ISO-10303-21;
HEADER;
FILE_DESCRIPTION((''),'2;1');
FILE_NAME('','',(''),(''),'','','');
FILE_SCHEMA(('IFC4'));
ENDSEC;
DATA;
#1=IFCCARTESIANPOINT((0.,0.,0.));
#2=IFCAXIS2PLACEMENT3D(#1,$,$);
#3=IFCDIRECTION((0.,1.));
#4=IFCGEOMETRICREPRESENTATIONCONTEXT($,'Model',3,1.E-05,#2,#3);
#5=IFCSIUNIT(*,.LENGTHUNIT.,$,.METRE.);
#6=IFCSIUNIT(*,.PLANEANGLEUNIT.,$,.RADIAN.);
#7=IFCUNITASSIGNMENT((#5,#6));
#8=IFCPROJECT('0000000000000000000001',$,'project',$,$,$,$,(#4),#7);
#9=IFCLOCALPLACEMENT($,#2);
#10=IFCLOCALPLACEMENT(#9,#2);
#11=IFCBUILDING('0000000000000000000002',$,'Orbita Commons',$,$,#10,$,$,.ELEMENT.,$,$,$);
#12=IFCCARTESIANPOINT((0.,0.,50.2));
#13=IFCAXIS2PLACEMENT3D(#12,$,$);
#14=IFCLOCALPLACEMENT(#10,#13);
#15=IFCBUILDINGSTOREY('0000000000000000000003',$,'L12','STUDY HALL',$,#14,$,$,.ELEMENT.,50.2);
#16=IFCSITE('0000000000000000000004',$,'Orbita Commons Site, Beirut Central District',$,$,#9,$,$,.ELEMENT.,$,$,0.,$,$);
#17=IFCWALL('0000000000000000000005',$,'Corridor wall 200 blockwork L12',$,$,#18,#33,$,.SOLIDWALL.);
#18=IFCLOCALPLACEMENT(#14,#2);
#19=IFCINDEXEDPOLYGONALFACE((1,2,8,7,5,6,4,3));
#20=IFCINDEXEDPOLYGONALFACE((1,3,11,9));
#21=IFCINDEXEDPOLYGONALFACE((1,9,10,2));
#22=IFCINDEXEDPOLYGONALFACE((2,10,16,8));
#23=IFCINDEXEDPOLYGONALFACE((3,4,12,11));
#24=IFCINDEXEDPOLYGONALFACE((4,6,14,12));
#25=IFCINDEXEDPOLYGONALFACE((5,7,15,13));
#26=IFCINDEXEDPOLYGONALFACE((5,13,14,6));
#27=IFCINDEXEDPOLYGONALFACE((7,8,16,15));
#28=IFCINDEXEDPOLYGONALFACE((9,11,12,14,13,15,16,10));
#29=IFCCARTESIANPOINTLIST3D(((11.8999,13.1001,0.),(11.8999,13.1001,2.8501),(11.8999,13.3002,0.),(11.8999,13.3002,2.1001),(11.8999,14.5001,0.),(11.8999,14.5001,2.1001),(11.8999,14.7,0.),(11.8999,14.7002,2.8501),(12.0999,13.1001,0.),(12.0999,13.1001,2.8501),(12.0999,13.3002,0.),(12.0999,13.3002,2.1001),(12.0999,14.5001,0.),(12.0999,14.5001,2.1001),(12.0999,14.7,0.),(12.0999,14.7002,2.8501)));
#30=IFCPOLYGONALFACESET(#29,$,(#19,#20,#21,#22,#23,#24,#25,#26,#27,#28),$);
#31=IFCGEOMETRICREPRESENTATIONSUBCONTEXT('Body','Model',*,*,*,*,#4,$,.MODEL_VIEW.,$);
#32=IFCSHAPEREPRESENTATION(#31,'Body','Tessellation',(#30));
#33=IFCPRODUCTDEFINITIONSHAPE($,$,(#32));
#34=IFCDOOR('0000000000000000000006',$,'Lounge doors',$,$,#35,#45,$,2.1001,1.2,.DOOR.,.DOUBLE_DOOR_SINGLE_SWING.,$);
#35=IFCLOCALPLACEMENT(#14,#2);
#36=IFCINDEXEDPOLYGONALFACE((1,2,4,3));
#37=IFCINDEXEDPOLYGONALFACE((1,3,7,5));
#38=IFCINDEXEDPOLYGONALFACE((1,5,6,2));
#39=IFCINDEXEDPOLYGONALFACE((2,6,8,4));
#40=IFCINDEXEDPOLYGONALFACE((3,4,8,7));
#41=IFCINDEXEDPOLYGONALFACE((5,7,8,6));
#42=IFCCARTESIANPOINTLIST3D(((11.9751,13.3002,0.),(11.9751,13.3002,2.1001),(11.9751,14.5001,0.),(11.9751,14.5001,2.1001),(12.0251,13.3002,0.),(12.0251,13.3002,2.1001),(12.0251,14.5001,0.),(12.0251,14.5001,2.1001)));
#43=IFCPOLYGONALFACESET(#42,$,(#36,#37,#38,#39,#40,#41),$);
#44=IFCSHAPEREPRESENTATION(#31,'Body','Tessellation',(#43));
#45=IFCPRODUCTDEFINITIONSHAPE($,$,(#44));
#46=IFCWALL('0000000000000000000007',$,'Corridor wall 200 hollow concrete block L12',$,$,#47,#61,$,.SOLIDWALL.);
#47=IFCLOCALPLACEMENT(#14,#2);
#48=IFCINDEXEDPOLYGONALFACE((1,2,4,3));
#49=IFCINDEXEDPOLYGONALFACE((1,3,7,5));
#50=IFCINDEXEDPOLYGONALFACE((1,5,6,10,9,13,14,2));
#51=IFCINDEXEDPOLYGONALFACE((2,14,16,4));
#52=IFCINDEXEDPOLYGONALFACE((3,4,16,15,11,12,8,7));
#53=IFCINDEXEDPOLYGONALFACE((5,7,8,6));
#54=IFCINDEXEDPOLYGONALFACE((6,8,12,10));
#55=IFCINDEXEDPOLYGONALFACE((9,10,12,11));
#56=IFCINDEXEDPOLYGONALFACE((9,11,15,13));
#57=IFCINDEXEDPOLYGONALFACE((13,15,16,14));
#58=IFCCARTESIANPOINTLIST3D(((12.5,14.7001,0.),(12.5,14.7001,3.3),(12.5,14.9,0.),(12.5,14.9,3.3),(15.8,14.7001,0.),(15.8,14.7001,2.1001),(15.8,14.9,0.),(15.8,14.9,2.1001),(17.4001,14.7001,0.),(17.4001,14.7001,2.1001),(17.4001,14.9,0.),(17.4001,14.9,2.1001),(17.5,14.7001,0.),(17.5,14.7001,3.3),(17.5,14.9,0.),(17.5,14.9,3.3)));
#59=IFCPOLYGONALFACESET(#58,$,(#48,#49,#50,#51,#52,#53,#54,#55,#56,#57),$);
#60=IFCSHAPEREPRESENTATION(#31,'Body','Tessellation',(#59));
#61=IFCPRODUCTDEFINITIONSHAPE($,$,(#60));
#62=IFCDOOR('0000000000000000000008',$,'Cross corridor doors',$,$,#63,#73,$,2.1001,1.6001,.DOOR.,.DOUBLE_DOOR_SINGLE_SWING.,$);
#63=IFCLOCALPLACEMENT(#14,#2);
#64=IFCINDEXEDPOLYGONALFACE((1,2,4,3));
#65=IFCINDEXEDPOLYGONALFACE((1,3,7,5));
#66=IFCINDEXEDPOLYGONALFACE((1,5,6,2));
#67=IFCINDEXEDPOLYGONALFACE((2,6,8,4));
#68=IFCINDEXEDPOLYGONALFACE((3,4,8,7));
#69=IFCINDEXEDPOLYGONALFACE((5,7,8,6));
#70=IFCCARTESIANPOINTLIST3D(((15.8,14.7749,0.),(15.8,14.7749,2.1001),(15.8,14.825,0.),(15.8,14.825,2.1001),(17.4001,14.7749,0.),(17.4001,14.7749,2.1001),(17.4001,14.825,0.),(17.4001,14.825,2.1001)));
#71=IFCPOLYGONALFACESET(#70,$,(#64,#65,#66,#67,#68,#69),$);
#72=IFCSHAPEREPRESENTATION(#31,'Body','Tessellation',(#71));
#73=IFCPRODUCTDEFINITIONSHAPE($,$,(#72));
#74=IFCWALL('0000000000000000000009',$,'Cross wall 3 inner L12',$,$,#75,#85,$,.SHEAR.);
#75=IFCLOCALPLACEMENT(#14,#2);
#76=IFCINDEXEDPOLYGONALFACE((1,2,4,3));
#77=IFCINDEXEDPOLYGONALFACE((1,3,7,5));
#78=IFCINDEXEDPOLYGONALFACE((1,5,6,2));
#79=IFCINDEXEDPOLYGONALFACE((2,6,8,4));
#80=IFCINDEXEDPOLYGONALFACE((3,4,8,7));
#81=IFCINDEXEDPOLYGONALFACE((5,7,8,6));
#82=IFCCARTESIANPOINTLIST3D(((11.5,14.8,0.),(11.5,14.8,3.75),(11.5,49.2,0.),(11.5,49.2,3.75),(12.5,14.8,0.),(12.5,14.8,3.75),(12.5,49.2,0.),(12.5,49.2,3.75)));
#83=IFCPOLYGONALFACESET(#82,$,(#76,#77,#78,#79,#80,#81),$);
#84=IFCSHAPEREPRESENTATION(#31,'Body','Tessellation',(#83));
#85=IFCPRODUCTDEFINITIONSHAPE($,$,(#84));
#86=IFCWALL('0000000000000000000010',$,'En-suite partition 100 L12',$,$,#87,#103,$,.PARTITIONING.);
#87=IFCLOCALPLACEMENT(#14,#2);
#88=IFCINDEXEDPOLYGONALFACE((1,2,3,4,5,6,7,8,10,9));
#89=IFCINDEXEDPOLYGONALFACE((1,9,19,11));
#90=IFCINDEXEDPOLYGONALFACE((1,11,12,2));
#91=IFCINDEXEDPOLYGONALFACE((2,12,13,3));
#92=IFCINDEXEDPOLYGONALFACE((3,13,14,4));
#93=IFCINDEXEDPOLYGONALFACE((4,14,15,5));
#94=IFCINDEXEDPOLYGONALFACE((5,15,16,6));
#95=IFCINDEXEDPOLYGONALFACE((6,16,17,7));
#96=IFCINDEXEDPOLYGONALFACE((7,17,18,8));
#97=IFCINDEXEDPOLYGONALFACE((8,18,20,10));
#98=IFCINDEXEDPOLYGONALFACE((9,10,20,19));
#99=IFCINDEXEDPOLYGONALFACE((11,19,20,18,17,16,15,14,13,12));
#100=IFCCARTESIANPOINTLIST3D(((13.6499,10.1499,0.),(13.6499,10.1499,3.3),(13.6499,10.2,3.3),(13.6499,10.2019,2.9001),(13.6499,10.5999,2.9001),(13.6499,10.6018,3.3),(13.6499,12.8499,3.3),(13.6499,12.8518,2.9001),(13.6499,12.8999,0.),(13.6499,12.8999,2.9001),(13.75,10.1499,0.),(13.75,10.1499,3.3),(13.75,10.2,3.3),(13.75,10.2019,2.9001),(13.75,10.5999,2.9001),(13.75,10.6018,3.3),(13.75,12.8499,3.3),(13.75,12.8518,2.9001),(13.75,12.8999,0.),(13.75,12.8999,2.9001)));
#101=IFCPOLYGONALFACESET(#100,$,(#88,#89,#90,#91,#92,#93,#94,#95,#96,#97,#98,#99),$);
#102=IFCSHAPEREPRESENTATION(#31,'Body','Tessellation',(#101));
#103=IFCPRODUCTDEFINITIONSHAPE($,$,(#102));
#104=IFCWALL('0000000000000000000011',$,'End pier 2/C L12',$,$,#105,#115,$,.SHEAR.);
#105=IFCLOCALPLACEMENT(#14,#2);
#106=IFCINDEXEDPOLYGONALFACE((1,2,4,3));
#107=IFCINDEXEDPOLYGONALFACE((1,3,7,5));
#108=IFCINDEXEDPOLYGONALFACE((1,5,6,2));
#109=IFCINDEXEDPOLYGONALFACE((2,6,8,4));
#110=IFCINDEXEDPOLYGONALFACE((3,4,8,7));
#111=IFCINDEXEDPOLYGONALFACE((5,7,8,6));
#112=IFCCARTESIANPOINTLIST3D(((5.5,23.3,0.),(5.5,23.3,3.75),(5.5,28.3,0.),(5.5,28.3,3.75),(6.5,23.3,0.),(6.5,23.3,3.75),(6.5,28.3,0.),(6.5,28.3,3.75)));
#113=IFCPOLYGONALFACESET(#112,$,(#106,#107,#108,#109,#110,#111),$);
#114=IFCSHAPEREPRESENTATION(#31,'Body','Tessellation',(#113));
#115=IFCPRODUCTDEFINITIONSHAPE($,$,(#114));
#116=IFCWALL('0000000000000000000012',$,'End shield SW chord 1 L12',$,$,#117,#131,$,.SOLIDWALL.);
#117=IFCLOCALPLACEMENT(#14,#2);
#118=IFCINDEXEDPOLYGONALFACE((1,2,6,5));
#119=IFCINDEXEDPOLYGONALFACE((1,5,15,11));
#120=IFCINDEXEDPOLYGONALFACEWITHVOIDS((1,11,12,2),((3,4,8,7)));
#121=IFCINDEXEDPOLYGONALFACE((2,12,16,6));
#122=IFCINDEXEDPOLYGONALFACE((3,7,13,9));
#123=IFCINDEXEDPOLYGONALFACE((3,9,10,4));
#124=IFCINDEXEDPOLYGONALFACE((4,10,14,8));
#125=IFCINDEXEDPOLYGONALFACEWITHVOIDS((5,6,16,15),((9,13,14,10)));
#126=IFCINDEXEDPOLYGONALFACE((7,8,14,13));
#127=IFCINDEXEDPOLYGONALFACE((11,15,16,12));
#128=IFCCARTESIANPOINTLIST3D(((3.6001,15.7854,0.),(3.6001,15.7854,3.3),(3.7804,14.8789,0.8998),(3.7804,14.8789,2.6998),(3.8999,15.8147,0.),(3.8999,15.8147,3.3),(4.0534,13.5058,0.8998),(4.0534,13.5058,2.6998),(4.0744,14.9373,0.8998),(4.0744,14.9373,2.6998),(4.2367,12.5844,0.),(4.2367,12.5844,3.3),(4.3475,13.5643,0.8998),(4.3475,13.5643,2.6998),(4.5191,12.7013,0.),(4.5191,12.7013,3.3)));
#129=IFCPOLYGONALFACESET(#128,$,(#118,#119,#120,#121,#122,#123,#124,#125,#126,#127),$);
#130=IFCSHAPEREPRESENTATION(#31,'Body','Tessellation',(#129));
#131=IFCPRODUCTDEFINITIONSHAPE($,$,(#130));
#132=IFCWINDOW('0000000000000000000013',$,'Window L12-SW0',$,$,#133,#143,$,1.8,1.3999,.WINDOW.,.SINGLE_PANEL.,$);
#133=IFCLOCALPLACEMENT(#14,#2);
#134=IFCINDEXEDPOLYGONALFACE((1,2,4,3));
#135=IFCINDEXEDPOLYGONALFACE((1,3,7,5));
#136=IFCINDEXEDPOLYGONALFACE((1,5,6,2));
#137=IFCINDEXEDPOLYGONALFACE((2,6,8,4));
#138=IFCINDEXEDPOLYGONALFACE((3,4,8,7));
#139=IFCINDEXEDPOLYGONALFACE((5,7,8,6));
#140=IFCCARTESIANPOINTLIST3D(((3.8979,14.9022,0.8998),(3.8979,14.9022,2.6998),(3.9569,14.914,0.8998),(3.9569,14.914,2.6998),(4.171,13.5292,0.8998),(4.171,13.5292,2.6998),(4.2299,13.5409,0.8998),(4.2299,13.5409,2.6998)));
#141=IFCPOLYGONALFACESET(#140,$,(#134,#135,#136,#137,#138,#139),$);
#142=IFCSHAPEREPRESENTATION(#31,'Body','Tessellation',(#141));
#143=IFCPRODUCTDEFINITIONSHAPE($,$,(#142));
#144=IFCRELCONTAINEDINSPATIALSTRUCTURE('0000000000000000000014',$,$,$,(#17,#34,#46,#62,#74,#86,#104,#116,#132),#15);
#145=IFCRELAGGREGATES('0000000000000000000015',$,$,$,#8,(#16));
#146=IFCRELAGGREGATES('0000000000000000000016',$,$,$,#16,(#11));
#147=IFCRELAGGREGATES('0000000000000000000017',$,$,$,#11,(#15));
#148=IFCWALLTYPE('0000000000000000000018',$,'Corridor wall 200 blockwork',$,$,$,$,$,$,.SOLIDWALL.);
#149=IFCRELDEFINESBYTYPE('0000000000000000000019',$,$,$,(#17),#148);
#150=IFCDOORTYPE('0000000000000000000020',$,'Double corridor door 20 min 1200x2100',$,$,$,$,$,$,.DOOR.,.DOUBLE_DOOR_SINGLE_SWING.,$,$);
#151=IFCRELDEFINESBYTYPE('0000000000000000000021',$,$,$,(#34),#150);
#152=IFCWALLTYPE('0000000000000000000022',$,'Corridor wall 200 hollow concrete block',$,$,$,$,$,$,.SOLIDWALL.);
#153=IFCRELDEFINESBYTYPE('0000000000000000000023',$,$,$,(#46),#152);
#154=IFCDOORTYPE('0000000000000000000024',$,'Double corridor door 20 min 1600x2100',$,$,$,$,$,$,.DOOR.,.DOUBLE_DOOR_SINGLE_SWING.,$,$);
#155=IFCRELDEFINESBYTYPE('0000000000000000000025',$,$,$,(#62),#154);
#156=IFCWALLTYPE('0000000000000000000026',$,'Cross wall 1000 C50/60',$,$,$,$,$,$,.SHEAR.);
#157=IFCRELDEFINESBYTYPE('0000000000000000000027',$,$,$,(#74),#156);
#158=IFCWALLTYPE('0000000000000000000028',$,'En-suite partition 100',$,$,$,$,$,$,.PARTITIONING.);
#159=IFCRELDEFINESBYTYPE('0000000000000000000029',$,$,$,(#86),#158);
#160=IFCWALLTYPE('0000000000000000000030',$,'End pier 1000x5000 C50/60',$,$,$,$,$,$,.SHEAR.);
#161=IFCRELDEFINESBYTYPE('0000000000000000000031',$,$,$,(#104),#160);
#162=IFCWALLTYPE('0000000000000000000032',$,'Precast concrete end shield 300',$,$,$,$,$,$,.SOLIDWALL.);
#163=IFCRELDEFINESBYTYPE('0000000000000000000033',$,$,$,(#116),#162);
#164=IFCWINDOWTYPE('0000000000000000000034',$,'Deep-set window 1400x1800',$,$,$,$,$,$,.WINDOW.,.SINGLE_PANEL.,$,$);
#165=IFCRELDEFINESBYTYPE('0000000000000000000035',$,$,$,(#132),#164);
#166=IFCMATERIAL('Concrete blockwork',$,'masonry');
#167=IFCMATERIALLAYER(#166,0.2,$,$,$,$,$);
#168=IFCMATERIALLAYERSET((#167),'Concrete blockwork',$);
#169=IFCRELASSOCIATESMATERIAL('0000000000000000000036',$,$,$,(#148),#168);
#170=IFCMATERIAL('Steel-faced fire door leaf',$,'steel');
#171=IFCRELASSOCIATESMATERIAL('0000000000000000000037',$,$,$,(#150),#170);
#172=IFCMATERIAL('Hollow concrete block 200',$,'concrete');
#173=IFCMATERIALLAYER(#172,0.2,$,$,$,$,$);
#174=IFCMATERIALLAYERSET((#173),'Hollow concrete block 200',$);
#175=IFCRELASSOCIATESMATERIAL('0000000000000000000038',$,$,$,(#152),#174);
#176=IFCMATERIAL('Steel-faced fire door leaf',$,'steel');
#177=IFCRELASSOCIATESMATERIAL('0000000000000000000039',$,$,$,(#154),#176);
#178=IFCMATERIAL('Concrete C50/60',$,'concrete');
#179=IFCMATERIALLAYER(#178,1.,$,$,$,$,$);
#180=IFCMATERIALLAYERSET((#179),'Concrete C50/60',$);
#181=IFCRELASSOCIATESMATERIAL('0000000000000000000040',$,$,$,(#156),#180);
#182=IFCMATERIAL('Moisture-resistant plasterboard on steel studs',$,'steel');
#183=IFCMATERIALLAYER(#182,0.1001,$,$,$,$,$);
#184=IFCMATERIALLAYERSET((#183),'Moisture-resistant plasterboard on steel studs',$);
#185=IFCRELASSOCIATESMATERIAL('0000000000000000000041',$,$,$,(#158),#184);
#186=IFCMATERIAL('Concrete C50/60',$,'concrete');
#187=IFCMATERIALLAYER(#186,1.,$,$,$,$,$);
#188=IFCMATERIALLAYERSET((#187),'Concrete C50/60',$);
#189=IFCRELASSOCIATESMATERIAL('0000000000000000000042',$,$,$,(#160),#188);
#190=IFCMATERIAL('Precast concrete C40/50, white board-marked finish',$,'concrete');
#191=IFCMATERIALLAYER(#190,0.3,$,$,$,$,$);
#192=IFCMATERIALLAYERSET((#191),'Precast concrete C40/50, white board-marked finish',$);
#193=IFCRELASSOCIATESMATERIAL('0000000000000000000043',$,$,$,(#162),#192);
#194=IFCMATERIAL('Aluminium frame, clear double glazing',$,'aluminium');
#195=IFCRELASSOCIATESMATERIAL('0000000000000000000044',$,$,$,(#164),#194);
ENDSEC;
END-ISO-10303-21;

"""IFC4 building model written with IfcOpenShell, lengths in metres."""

from ifc_helpers import new_model, si_unit, direction, frame, frame_2d, origin, place, context, subcontext, project, spatial, polyline, rectangle, outline, extrude, material, layer, layer_set, type_object, element, fill, save


model = new_model("IFC4")

# Units and contexts
model_context = context("Model", 3, precision=1e-05, world=origin(), true_north=direction((0.0, 1.0)))
body_context = subcontext(model_context, "Body", "Model", "MODEL_VIEW")
ifc_project = project(units=[si_unit("LENGTHUNIT", "METRE"), si_unit("PLANEANGLEUNIT", "RADIAN")], contexts=[model_context])

# Site, building, storey
site_placement = place(None, origin())
site = spatial("IfcSite", under=ifc_project, at=site_placement, Name="Orbita Commons Site, Beirut Central District", CompositionType="ELEMENT", RefElevation=0.0)
building_placement = place(site_placement, origin())
building = spatial("IfcBuilding", under=site, at=building_placement, Name="Orbita Commons", CompositionType="ELEMENT")
storey_placement = place(building_placement, frame((0.0, 0.0, 50.2)))
storey = spatial("IfcBuildingStorey", under=building, at=storey_placement, Name="L12", Description="STUDY HALL", CompositionType="ELEMENT", Elevation=50.2)

# Shared definitions
ifc_material_1 = material(Name="Concrete blockwork", Category="masonry")
ifc_layer_1 = layer(ifc_material_1, 0.2)
ifc_layer_set_1 = layer_set([ifc_layer_1], Name="Concrete blockwork")
wall_type_1 = type_object("IfcWallType", Name="Corridor wall 200 blockwork", PredefinedType="SOLIDWALL", material=ifc_layer_set_1)

# Walls, openings, doors
wall_1_placement = place(storey_placement, frame((12.0, 13.1001, 0.0), z_axis=(0.0, 0.0, 1.0), x_axis=(0.0, 1.0, 0.0)))
wall_1 = element("IfcWall", 1, at=wall_1_placement, inside=storey, type_object=wall_type_1, Name="Corridor wall 200 blockwork L12", PredefinedType="SOLIDWALL", context=body_context, shape_type="SweptSolid", body=[
    extrude(outline(polyline([(0.0, 0.0), (1.5999, 0.0), (1.6001, 2.8501), (0.0, 2.8501), (0.0, 0.0)])), frame((0.0, 0.1001, 0.0), z_axis=(0.0, -1.0, 0.0), x_axis=(1.0, 0.0, 0.0)), (0.0, 0.0, 1.0), 0.2),
])
opening_1_placement = place(wall_1_placement, frame((0.2, 0.0, 0.0)))
opening_1 = element("IfcOpeningElement", 2, at=opening_1_placement, cuts=wall_1, PredefinedType="OPENING", context=body_context, shape_type="SweptSolid", body=[
    extrude(rectangle(XDim=1.2, YDim=2.1001, at=frame_2d((0.6001, 1.05))), frame((0.0, 0.1099, 0.0), z_axis=(0.0, -1.0, 0.0), x_axis=(1.0, 0.0, 0.0)), (0.0, 0.0, 1.0), 0.22),
])
ifc_material_2 = material(Name="Steel-faced fire door leaf", Category="steel")
door_type_1 = type_object("IfcDoorType", Name="Double corridor door 20 min 1200x2100", OperationType="DOUBLE_DOOR_SINGLE_SWING", PredefinedType="DOOR", material=ifc_material_2)
door_1_placement = place(opening_1_placement, origin())
door_1 = element("IfcDoor", 3, at=door_1_placement, inside=storey, type_object=door_type_1, Name="Lounge doors", OperationType="DOUBLE_DOOR_SINGLE_SWING", OverallHeight=2.1001, OverallWidth=1.2, PredefinedType="DOOR", context=body_context, shape_type="SweptSolid", body=[
    extrude(rectangle(XDim=1.2, YDim=2.1001, at=frame_2d((0.6001, 1.05))), frame((0.0, 0.0249, 0.0), z_axis=(0.0, -1.0, 0.0), x_axis=(1.0, 0.0, 0.0)), (0.0, 0.0, 1.0), 0.05),
])
fill(opening_1, door_1)
ifc_material_3 = material(Name="Hollow concrete block 200", Category="concrete")
ifc_layer_2 = layer(ifc_material_3, 0.2)
ifc_layer_set_2 = layer_set([ifc_layer_2], Name="Hollow concrete block 200")
wall_type_2 = type_object("IfcWallType", Name="Corridor wall 200 hollow concrete block", PredefinedType="SOLIDWALL", material=ifc_layer_set_2)
wall_2_placement = place(storey_placement, frame((12.5, 14.8, 0.0), z_axis=(0.0, 0.0, 1.0), x_axis=(1.0, 0.0, 0.0)))
wall_2 = element("IfcWall", 4, at=wall_2_placement, inside=storey, type_object=wall_type_2, Name="Corridor wall 200 hollow concrete block L12", PredefinedType="SOLIDWALL", context=body_context, shape_type="SweptSolid", body=[
    extrude(rectangle(XDim=5.0, YDim=0.2, at=frame_2d((2.5, 0.0))), origin(), (0.0, 0.0, 1.0), 3.3),
])
opening_2_placement = place(wall_2_placement, frame((3.3, 0.0, 0.0)))
opening_2 = element("IfcOpeningElement", 5, at=opening_2_placement, cuts=wall_2, PredefinedType="OPENING", context=body_context, shape_type="SweptSolid", body=[
    extrude(rectangle(XDim=1.6001, YDim=2.1001, at=frame_2d((0.8, 1.05))), frame((0.0, 0.1099, 0.0), z_axis=(0.0, -1.0, 0.0), x_axis=(1.0, 0.0, 0.0)), (0.0, 0.0, 1.0), 0.22),
])
ifc_material_4 = material(Name="Steel-faced fire door leaf", Category="steel")
door_type_2 = type_object("IfcDoorType", Name="Double corridor door 20 min 1600x2100", OperationType="DOUBLE_DOOR_SINGLE_SWING", PredefinedType="DOOR", material=ifc_material_4)
door_2_placement = place(opening_2_placement, origin())
door_2 = element("IfcDoor", 6, at=door_2_placement, inside=storey, type_object=door_type_2, Name="Cross corridor doors", OperationType="DOUBLE_DOOR_SINGLE_SWING", OverallHeight=2.1001, OverallWidth=1.6001, PredefinedType="DOOR", context=body_context, shape_type="SweptSolid", body=[
    extrude(rectangle(XDim=1.6001, YDim=2.1001, at=frame_2d((0.8, 1.05))), frame((0.0, 0.0249, 0.0), z_axis=(0.0, -1.0, 0.0), x_axis=(1.0, 0.0, 0.0)), (0.0, 0.0, 1.0), 0.05),
])
fill(opening_2, door_2)

# Walls
ifc_material_5 = material(Name="Concrete C50/60", Category="concrete")
ifc_layer_3 = layer(ifc_material_5, 1.0)
ifc_layer_set_3 = layer_set([ifc_layer_3], Name="Concrete C50/60")
wall_type_3 = type_object("IfcWallType", Name="Cross wall 1000 C50/60", PredefinedType="SHEAR", material=ifc_layer_set_3)
wall_3_placement = place(storey_placement, frame((12.0, 14.8, 0.0), z_axis=(0.0, 0.0, 1.0), x_axis=(0.0, 1.0, 0.0)))
element("IfcWall", 7, at=wall_3_placement, inside=storey, type_object=wall_type_3, Name="Cross wall 3 inner L12", PredefinedType="SHEAR", context=body_context, shape_type="SweptSolid", body=[
    extrude(rectangle(XDim=34.3999, YDim=1.0, at=frame_2d((17.2, 0.0))), origin(), (0.0, 0.0, 1.0), 3.75),
])
ifc_material_6 = material(Name="Moisture-resistant plasterboard on steel studs", Category="steel")
ifc_layer_4 = layer(ifc_material_6, 0.1001)
ifc_layer_set_4 = layer_set([ifc_layer_4], Name="Moisture-resistant plasterboard on steel studs")
wall_type_4 = type_object("IfcWallType", Name="En-suite partition 100", PredefinedType="PARTITIONING", material=ifc_layer_set_4)
wall_4_placement = place(storey_placement, frame((13.7, 10.1499, 0.0), z_axis=(0.0, 0.0, 1.0), x_axis=(0.0, 1.0, 0.0)))
element("IfcWall", 8, at=wall_4_placement, inside=storey, type_object=wall_type_4, Name="En-suite partition 100 L12", PredefinedType="PARTITIONING", context=body_context, shape_type="SweptSolid", body=[
    extrude(outline(polyline([(0.0, 0.0), (2.75, 0.0), (2.75, 2.9001), (2.7019, 2.9001), (2.7, 3.3), (0.4519, 3.3), (0.45, 2.9001), (0.052, 2.9001), (0.05, 3.3), (0.0, 3.3), (0.0, 0.0)])), frame((0.0, 0.05, 0.0), z_axis=(0.0, -1.0, 0.0), x_axis=(1.0, 0.0, 0.0)), (0.0, 0.0, 1.0), 0.1001),
])
ifc_material_7 = material(Name="Concrete C50/60", Category="concrete")
ifc_layer_5 = layer(ifc_material_7, 1.0)
ifc_layer_set_5 = layer_set([ifc_layer_5], Name="Concrete C50/60")
wall_type_5 = type_object("IfcWallType", Name="End pier 1000x5000 C50/60", PredefinedType="SHEAR", material=ifc_layer_set_5)
wall_5_placement = place(storey_placement, frame((6.0, 23.3, 0.0), z_axis=(0.0, 0.0, 1.0), x_axis=(0.0, 1.0, 0.0)))
element("IfcWall", 9, at=wall_5_placement, inside=storey, type_object=wall_type_5, Name="End pier 2/C L12", PredefinedType="SHEAR", context=body_context, shape_type="SweptSolid", body=[
    extrude(rectangle(XDim=5.0, YDim=1.0, at=frame_2d((2.5, 0.0))), origin(), (0.0, 0.0, 1.0), 3.75),
])

# Wall, opening, window
ifc_material_8 = material(Name="Precast concrete C40/50, white board-marked finish", Category="concrete")
ifc_layer_6 = layer(ifc_material_8, 0.3)
ifc_layer_set_6 = layer_set([ifc_layer_6], Name="Precast concrete C40/50, white board-marked finish")
wall_type_6 = type_object("IfcWallType", Name="Precast concrete end shield 300", PredefinedType="SOLIDWALL", material=ifc_layer_set_6)
wall_6_placement = place(storey_placement, frame((3.75, 15.8, 0.0), z_axis=(0.0, 0.0, 1.0), x_axis=(0.195066, -0.98079, 0.0)))
wall_6 = element("IfcWall", 10, at=wall_6_placement, inside=storey, type_object=wall_type_6, Name="End shield SW chord 1 L12", PredefinedType="SOLIDWALL", context=body_context, shape_type="SweptSolid", body=[
    extrude(outline(polyline([(-0.0149, -0.1499), (3.2488, -0.1499), (3.1892, 0.1499), (0.0149, 0.1499), (-0.0149, -0.1499)])), origin(), (0.0, 0.0, 1.0), 3.3),
])
opening_3_placement = place(wall_6_placement, frame((0.9094, 0.0, 0.8999)))
opening_3 = element("IfcOpeningElement", 11, at=opening_3_placement, cuts=wall_6, PredefinedType="OPENING", context=body_context, shape_type="SweptSolid", body=[
    extrude(rectangle(XDim=1.3999, YDim=1.8, at=frame_2d((0.7, 0.8999))), frame((0.0, 0.1599, 0.0), z_axis=(0.0, -1.0, 0.0), x_axis=(1.0, 0.0, 0.0)), (0.0, 0.0, 1.0), 0.3201),
])
ifc_material_9 = material(Name="Aluminium frame, clear double glazing", Category="aluminium")
window_type = type_object("IfcWindowType", Name="Deep-set window 1400x1800", PartitioningType="SINGLE_PANEL", PredefinedType="WINDOW", material=ifc_material_9)
window_1_placement = place(opening_3_placement, origin())
window_1 = element("IfcWindow", 12, at=window_1_placement, inside=storey, type_object=window_type, Name="Window L12-SW0", OverallHeight=1.8, OverallWidth=1.3999, PartitioningType="SINGLE_PANEL", PredefinedType="WINDOW", context=body_context, shape_type="SweptSolid", body=[
    extrude(rectangle(XDim=1.3999, YDim=1.8, at=frame_2d((0.7, 0.8999))), frame((0.0, 0.03, 0.0), z_axis=(0.0, -1.0, 0.0), x_axis=(1.0, 0.0, 0.0)), (0.0, 0.0, 1.0), 0.0601),
])
fill(opening_3, window_1)

save(model, "model.ifc")
